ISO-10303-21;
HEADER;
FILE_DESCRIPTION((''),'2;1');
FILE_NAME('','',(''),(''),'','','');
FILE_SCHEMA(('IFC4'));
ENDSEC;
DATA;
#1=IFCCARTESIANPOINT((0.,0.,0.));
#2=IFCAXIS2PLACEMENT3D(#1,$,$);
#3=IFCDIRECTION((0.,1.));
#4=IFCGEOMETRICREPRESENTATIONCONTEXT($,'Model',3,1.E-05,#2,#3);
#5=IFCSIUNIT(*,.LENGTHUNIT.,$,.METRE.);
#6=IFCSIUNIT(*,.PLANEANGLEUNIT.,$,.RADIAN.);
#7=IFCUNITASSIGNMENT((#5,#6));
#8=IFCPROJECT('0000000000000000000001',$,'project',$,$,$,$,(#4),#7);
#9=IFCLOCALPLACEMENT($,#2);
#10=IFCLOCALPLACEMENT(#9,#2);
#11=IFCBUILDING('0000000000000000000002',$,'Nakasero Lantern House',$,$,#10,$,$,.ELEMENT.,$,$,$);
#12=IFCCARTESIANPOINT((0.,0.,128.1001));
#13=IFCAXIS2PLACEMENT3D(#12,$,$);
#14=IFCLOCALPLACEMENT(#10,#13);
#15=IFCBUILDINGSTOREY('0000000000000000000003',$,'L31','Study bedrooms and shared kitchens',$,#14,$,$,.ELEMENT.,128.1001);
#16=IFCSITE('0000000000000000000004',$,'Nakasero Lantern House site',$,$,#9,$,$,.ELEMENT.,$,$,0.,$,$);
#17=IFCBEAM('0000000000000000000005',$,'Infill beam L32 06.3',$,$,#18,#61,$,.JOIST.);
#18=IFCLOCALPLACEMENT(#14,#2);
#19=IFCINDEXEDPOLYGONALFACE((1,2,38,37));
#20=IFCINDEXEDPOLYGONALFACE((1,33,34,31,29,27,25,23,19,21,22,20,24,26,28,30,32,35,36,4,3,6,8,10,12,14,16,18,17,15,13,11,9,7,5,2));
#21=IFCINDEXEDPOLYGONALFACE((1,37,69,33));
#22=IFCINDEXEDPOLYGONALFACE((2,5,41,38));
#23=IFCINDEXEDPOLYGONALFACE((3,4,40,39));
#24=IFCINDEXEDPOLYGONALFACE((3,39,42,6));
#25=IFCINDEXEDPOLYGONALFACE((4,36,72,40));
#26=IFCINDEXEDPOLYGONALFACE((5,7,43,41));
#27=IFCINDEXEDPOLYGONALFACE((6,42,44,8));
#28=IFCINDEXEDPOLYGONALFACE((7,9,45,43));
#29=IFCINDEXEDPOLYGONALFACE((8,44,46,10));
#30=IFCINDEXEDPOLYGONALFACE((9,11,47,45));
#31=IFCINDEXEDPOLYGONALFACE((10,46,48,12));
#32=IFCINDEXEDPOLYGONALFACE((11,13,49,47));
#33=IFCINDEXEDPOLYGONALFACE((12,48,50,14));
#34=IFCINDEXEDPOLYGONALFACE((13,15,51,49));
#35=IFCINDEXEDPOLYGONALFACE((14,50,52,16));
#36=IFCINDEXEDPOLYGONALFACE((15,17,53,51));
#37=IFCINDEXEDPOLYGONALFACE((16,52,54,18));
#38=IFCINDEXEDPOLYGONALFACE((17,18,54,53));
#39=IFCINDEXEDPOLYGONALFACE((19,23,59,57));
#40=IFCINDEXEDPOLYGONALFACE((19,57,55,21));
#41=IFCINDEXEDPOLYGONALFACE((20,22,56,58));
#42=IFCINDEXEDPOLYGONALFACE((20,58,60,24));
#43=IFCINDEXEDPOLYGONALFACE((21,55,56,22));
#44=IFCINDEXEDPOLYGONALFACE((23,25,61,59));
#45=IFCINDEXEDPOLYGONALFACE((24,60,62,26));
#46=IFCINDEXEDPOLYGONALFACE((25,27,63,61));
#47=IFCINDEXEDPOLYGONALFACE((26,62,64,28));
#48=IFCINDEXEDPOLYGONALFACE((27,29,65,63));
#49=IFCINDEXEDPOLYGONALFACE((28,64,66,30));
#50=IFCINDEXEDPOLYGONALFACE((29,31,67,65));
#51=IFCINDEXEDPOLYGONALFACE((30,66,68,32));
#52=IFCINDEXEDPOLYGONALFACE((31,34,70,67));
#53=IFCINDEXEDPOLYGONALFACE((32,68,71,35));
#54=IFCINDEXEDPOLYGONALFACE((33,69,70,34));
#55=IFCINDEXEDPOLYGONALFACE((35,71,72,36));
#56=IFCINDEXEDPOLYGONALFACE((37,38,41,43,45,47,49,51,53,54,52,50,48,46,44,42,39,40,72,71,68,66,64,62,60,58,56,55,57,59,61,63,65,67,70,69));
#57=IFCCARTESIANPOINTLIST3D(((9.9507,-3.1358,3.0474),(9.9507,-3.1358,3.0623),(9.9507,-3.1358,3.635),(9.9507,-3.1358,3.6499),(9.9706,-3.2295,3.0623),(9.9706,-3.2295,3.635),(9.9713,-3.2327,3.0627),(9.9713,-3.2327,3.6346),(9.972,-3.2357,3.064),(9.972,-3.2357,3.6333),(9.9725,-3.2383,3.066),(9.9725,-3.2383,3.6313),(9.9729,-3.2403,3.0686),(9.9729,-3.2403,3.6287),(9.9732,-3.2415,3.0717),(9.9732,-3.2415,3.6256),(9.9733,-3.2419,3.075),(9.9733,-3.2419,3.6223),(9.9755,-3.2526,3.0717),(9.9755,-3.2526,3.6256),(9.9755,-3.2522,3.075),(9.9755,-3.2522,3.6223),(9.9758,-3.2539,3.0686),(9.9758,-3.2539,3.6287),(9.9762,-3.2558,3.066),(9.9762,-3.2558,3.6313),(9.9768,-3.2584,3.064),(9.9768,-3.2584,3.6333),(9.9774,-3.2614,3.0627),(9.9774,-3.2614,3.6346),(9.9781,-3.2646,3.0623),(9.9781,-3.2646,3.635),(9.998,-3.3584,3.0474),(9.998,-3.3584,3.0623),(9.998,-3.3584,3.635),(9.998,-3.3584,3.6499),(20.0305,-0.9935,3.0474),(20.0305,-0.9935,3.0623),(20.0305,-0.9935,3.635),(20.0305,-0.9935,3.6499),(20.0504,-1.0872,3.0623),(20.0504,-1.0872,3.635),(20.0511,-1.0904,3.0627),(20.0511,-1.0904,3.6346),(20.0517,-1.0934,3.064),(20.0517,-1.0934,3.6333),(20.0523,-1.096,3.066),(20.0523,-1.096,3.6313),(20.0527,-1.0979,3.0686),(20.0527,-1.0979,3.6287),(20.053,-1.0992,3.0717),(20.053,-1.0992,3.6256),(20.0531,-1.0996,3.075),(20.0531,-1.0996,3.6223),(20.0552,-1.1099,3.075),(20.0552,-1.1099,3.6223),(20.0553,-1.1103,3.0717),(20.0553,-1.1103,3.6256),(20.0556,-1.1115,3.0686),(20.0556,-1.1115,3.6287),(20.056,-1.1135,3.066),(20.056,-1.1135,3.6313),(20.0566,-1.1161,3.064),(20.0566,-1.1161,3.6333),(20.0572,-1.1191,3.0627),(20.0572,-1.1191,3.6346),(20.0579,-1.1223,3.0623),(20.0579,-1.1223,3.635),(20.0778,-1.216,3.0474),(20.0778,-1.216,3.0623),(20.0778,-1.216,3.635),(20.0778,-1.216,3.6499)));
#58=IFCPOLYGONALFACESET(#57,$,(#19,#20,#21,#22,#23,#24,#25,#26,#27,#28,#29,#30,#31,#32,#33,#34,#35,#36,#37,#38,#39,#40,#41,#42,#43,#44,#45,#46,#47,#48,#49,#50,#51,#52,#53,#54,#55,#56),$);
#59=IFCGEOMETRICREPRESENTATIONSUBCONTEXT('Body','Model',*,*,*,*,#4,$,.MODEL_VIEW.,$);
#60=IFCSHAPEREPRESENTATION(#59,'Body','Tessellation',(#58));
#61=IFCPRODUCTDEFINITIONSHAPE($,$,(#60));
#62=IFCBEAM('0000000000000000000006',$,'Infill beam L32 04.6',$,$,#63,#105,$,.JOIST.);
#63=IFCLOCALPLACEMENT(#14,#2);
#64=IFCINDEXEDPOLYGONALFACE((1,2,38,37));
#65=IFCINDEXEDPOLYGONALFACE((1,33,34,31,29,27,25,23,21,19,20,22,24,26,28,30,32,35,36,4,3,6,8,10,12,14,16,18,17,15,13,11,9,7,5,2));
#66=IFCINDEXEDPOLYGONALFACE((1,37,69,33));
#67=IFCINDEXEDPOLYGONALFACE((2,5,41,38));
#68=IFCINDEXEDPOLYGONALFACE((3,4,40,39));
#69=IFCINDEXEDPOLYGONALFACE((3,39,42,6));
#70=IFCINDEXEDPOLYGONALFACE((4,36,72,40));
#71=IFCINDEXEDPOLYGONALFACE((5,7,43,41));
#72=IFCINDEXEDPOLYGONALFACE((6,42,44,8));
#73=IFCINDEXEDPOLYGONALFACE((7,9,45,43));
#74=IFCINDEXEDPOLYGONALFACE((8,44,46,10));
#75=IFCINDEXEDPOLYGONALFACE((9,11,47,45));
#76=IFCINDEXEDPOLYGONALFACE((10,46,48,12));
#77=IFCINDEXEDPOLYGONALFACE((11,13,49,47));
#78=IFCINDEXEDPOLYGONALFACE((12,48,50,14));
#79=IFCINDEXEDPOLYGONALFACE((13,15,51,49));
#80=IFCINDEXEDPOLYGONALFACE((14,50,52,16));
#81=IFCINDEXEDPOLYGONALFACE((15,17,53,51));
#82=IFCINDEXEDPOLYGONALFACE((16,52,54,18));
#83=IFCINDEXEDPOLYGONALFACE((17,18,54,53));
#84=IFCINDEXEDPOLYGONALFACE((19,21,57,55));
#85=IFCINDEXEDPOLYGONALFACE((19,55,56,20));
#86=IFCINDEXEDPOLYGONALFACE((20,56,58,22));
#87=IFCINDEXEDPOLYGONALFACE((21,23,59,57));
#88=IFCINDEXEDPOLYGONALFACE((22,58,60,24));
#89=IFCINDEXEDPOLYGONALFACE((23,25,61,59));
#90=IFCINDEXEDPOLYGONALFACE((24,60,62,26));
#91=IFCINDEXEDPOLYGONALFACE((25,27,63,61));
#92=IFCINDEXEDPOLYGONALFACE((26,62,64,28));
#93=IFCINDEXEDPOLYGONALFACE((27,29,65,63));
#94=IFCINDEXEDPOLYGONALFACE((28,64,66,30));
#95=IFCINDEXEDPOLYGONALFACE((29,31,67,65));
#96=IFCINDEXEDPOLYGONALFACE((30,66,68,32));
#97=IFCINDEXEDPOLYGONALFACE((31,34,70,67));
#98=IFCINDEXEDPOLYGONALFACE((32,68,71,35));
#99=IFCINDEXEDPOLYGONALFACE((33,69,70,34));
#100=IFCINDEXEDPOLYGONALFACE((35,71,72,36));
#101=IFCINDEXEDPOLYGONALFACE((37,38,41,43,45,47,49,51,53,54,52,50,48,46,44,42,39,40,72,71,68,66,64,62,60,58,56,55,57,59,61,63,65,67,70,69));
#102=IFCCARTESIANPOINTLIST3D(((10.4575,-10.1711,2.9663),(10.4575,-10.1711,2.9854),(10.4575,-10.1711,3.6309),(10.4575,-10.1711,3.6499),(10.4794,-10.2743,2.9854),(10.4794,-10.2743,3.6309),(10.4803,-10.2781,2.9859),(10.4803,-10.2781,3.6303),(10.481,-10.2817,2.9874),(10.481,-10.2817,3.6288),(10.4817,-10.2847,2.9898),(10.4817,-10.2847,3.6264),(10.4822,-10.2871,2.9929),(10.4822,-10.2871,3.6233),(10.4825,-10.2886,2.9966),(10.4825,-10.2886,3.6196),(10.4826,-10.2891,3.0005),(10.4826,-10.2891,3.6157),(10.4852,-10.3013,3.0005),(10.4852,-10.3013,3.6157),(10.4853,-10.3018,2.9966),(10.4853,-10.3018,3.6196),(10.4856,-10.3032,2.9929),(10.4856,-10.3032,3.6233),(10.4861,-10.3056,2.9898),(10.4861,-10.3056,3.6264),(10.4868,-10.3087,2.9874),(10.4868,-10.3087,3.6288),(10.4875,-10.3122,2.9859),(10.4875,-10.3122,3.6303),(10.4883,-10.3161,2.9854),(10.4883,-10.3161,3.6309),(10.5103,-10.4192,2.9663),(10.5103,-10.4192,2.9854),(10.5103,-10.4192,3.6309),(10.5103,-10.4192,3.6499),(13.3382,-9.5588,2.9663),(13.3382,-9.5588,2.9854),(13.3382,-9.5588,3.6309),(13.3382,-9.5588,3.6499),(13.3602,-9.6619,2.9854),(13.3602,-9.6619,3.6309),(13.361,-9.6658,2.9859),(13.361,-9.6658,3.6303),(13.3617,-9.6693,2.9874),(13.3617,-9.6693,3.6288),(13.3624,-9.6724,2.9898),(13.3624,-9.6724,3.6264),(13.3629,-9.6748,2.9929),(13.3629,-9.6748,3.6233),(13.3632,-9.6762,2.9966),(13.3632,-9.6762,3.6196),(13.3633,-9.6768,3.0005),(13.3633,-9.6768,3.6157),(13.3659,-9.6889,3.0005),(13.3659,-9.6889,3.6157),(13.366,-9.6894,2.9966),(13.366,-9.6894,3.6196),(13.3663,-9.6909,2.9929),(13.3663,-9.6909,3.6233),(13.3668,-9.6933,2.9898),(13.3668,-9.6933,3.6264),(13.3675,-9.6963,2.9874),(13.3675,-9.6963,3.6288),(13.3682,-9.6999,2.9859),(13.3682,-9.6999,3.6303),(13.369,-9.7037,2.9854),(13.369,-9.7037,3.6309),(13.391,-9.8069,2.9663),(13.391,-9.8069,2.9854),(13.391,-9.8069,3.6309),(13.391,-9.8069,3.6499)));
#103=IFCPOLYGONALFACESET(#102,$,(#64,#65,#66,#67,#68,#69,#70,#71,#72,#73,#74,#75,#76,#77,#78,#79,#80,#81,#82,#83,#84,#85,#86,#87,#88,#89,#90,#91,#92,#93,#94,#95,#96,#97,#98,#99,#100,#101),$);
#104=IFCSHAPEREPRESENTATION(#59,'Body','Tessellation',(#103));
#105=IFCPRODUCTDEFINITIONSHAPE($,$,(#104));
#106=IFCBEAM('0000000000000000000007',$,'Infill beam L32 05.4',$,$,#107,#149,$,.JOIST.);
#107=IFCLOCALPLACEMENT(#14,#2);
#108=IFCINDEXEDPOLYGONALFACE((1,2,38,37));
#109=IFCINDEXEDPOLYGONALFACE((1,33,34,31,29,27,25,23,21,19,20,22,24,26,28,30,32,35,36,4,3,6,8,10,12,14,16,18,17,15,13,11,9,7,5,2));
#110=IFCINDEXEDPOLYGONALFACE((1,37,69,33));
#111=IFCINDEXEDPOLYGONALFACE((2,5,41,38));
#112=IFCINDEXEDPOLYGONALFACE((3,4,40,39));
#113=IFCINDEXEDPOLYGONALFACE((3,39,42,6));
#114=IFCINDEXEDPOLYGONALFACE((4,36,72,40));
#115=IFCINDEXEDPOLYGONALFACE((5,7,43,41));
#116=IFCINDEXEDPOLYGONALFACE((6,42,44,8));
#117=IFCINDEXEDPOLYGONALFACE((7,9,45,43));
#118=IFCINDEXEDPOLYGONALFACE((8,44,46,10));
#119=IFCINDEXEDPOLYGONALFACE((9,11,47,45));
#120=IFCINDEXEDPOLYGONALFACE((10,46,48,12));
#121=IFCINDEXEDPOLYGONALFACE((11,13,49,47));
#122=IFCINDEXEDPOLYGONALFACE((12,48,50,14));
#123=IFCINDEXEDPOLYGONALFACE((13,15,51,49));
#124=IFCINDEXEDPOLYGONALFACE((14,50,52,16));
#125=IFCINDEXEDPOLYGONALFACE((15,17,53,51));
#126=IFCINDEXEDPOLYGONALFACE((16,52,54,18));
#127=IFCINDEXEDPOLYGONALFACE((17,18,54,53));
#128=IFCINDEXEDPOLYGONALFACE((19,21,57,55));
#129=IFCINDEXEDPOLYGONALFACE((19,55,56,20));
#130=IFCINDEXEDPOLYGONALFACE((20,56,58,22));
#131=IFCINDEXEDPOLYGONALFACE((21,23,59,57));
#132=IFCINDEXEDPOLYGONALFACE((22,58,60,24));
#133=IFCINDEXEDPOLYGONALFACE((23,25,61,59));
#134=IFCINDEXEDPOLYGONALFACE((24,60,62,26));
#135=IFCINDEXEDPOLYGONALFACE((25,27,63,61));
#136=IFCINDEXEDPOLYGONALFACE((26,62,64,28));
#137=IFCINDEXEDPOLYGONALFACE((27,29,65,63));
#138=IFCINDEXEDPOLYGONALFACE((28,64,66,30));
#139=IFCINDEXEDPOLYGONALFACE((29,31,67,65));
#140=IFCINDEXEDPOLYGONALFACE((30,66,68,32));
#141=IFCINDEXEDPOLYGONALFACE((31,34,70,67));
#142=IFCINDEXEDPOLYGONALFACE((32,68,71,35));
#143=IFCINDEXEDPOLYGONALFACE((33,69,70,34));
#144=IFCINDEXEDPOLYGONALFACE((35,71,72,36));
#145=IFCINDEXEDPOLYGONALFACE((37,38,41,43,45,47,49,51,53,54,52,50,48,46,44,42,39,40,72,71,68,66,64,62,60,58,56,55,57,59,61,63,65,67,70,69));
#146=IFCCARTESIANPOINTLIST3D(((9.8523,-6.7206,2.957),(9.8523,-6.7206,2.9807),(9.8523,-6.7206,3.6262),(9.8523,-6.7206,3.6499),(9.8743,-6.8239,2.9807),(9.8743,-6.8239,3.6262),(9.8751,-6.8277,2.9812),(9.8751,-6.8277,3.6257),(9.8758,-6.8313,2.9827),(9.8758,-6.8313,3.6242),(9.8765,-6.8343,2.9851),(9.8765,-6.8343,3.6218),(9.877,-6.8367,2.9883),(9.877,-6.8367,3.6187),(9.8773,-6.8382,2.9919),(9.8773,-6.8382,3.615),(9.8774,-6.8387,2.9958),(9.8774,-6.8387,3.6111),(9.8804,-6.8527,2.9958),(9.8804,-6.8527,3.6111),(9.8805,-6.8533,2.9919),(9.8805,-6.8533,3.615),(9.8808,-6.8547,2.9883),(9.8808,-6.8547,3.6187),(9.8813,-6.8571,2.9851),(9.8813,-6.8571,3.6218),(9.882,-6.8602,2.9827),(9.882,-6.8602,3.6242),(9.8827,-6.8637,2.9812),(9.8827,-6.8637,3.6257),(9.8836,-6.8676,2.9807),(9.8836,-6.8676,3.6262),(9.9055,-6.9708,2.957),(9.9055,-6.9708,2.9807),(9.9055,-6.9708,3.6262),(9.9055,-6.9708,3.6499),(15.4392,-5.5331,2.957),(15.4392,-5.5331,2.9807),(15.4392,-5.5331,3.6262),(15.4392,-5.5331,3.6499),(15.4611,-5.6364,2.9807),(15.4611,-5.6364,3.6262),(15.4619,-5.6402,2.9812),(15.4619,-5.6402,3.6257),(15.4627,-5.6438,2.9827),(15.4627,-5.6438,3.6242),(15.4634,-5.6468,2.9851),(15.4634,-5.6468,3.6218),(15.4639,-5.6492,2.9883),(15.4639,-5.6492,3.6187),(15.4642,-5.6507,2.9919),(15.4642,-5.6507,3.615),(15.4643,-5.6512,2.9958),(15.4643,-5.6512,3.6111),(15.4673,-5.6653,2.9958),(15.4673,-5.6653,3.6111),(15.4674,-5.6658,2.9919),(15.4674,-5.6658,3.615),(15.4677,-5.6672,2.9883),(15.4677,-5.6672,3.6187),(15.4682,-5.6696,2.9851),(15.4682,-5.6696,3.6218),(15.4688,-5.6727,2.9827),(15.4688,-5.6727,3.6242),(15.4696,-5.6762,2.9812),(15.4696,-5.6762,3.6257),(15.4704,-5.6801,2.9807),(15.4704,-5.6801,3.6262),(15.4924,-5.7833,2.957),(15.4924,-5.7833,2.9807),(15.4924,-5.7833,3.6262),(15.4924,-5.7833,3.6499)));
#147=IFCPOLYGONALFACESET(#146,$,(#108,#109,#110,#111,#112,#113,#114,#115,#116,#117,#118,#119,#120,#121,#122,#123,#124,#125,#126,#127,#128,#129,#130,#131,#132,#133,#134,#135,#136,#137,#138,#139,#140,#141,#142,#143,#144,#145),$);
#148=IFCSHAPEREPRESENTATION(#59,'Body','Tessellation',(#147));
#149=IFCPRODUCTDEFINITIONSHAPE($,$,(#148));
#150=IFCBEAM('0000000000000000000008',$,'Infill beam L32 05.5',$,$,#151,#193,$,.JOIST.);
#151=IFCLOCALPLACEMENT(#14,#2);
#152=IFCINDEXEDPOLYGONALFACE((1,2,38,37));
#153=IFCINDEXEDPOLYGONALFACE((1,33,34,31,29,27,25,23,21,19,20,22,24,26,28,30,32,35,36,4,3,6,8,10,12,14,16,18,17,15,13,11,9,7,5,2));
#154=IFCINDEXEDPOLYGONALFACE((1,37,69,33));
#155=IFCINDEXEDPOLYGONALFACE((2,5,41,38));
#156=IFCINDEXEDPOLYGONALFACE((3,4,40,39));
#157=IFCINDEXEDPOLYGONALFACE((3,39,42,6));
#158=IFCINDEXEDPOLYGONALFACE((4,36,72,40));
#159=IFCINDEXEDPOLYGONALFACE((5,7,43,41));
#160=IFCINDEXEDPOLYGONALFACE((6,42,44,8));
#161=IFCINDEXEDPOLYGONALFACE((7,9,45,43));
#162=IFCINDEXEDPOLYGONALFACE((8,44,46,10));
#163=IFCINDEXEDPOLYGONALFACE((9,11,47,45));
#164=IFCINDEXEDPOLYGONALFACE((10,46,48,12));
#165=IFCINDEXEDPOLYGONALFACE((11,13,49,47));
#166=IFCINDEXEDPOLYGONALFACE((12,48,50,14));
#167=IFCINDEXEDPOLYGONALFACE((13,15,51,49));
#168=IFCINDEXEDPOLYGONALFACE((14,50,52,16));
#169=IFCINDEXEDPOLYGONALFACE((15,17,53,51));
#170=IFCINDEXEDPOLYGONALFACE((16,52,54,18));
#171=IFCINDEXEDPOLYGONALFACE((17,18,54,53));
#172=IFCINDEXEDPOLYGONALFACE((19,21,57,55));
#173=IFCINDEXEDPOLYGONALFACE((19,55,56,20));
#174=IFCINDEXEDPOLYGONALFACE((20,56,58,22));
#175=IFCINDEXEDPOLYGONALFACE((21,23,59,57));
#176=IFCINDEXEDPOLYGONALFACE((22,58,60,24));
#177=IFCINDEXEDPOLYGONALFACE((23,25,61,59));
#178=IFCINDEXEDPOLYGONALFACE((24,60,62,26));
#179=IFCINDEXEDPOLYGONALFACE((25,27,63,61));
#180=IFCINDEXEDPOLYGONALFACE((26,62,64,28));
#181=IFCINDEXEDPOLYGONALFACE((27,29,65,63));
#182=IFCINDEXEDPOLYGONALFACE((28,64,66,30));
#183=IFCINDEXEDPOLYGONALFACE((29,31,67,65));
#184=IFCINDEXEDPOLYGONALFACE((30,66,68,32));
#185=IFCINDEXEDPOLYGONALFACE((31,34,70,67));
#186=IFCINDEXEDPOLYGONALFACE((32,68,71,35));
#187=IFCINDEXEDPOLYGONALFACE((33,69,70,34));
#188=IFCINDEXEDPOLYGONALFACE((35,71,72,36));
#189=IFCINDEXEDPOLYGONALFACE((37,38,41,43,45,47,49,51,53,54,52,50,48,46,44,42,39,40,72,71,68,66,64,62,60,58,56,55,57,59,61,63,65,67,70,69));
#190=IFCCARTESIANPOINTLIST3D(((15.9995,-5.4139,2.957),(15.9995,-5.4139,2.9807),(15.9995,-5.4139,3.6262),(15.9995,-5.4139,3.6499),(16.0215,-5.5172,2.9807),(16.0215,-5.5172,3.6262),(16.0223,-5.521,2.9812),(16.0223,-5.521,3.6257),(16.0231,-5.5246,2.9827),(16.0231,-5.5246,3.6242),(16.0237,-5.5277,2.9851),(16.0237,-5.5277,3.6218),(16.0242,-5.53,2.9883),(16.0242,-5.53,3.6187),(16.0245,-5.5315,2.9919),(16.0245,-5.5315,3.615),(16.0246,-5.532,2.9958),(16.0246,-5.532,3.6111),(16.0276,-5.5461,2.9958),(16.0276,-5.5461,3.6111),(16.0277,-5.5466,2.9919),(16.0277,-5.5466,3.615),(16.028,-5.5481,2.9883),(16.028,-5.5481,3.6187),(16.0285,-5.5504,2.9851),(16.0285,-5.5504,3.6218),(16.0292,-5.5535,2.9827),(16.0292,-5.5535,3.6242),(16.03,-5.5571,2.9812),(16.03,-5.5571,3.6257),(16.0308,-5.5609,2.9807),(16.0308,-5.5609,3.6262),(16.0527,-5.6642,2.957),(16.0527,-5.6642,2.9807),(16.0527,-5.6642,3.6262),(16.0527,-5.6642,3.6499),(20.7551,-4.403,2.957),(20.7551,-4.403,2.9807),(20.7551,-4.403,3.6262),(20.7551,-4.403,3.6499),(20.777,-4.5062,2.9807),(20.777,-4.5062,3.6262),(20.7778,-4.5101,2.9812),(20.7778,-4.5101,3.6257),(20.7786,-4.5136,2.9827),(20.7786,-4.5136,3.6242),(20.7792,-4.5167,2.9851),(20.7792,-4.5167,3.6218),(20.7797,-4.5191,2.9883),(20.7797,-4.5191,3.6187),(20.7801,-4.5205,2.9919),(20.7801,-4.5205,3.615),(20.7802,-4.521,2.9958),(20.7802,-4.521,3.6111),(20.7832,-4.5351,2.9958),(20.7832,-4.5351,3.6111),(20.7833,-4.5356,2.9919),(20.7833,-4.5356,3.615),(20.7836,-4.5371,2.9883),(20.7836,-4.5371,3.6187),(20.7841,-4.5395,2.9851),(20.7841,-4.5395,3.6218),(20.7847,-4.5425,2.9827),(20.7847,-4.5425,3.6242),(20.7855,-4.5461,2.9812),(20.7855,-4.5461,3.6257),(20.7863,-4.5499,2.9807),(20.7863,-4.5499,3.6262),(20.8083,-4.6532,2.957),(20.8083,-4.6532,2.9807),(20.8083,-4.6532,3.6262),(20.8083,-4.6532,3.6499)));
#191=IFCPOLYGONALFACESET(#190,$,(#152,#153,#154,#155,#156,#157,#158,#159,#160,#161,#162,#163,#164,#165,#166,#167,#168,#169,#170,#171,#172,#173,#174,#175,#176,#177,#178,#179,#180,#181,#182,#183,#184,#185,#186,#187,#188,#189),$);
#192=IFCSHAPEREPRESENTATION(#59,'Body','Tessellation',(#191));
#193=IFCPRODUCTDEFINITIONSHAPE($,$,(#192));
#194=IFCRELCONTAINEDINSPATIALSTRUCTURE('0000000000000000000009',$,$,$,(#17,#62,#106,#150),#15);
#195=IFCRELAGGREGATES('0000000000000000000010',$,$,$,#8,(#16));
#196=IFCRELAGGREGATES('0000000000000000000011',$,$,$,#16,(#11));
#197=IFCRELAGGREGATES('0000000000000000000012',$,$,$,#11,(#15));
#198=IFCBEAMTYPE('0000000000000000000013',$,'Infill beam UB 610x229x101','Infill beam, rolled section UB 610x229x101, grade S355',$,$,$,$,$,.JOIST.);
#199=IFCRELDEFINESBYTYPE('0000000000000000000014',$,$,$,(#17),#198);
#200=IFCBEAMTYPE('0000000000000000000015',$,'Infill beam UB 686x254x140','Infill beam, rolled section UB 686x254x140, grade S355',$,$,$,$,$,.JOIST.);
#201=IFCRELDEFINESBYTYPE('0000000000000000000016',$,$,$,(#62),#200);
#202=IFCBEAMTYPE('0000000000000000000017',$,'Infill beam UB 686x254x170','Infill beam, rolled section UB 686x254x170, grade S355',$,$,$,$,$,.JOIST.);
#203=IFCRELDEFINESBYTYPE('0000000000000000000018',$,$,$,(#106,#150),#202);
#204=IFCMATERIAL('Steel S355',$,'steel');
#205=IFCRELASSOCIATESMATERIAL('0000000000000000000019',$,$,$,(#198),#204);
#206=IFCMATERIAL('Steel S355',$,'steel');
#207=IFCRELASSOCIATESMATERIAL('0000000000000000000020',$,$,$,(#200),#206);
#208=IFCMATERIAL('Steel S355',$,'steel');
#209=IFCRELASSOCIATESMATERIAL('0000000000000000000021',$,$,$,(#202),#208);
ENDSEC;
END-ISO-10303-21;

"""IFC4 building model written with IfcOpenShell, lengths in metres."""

from ifc_helpers import new_model, si_unit, direction, frame, origin, origin_2d, place, context, subcontext, project, spatial, i_section, extrude, material, material_profile, profile_set, type_object, element, save


model = new_model("IFC4")

# Units and contexts
model_context = context("Model", 3, precision=1e-05, world=origin(), true_north=direction((0.0, 1.0)))
body_context = subcontext(model_context, "Body", "Model", "MODEL_VIEW")
ifc_project = project(units=[si_unit("LENGTHUNIT", "METRE"), si_unit("PLANEANGLEUNIT", "RADIAN")], contexts=[model_context])

# Site, building, storey
site_placement = place(None, origin())
site = spatial("IfcSite", under=ifc_project, at=site_placement, Name="Nakasero Lantern House site", CompositionType="ELEMENT", RefElevation=0.0)
building_placement = place(site_placement, origin())
building = spatial("IfcBuilding", under=site, at=building_placement, Name="Nakasero Lantern House", CompositionType="ELEMENT")
storey_placement = place(building_placement, frame((0.0, 0.0, 128.1001)))
storey = spatial("IfcBuildingStorey", under=building, at=storey_placement, Name="L31", Description="Study bedrooms and shared kitchens", CompositionType="ELEMENT", Elevation=128.1001)

# Beams
ifc_material_1 = material(Name="Steel S355", Category="steel")
ifc_material_profile_1 = material_profile(ifc_material_1, i_section(OverallWidth=0.2275, OverallDepth=0.6025, WebThickness=0.0105, FlangeThickness=0.0149, FilletRadius=0.0127, at=origin_2d()), Name="UB 610x229x101")
ifc_profile_set_1 = profile_set([ifc_material_profile_1], Name="Steel S355")
beam_type_1 = type_object("IfcBeamType", Name="Infill beam UB 610x229x101", Description="Infill beam, rolled section UB 610x229x101, grade S355", PredefinedType="JOIST", material=ifc_profile_set_1)
beam_1_placement = place(storey_placement, frame((9.9744, -3.2471, 3.3486), z_axis=(0.978152, 0.207893, 0.0), x_axis=(-0.207893, 0.978152, 0.0)))
element("IfcBeam", 1, at=beam_1_placement, inside=storey, type_object=beam_type_1, Name="Infill beam L32 06.3", PredefinedType="JOIST", context=body_context, shape_type="SweptSolid", body=[
    extrude(i_section(OverallWidth=0.2275, OverallDepth=0.6025, WebThickness=0.0105, FlangeThickness=0.0149, FilletRadius=0.0127, at=origin_2d()), origin(), (0.0, 0.0, 1.0), 10.3049),
])
ifc_material_2 = material(Name="Steel S355", Category="steel")
ifc_material_profile_2 = material_profile(ifc_material_2, i_section(OverallWidth=0.2537, OverallDepth=0.6836, WebThickness=0.0125, FlangeThickness=0.019, FilletRadius=0.0151, at=origin_2d()), Name="UB 686x254x140")
ifc_profile_set_2 = profile_set([ifc_material_profile_2], Name="Steel S355")
beam_type_2 = type_object("IfcBeamType", Name="Infill beam UB 686x254x140", Description="Infill beam, rolled section UB 686x254x140, grade S355", PredefinedType="JOIST", material=ifc_profile_set_2)
beam_2_placement = place(storey_placement, frame((10.4839, -10.2952, 3.3081), z_axis=(0.978147, 0.207915, 0.0), x_axis=(-0.207915, 0.978147, 0.0)))
element("IfcBeam", 2, at=beam_2_placement, inside=storey, type_object=beam_type_2, Name="Infill beam L32 04.6", PredefinedType="JOIST", context=body_context, shape_type="SweptSolid", body=[
    extrude(i_section(OverallWidth=0.2537, OverallDepth=0.6836, WebThickness=0.0125, FlangeThickness=0.019, FilletRadius=0.0151, at=origin_2d()), origin(), (0.0, 0.0, 1.0), 2.9451),
])
ifc_material_3 = material(Name="Steel S355", Category="steel")
ifc_material_profile_3 = material_profile(ifc_material_3, i_section(OverallWidth=0.2559, OverallDepth=0.6929, WebThickness=0.0144, FlangeThickness=0.0237, FilletRadius=0.0151, at=origin_2d()), Name="UB 686x254x170")
ifc_profile_set_3 = profile_set([ifc_material_profile_3], Name="Steel S355")
beam_type_3 = type_object("IfcBeamType", Name="Infill beam UB 686x254x170", Description="Infill beam, rolled section UB 686x254x170, grade S355", PredefinedType="JOIST", material=ifc_profile_set_3)
beam_3_placement = place(storey_placement, frame((9.8789, -6.8457, 3.3035), z_axis=(0.978149, 0.207906, 0.0), x_axis=(-0.207906, 0.978149, 0.0)))
element("IfcBeam", 3, at=beam_3_placement, inside=storey, type_object=beam_type_3, Name="Infill beam L32 05.4", PredefinedType="JOIST", context=body_context, shape_type="SweptSolid", body=[
    extrude(i_section(OverallWidth=0.2559, OverallDepth=0.6929, WebThickness=0.0144, FlangeThickness=0.0237, FilletRadius=0.0151, at=origin_2d()), origin(), (0.0, 0.0, 1.0), 5.7117),
])
beam_4_placement = place(storey_placement, frame((16.0261, -5.5391, 3.3035), z_axis=(0.978141, 0.207941, 0.0), x_axis=(-0.207941, 0.978141, 0.0)))
element("IfcBeam", 4, at=beam_4_placement, inside=storey, type_object=beam_type_3, Name="Infill beam L32 05.5", PredefinedType="JOIST", context=body_context, shape_type="SweptSolid", body=[
    extrude(i_section(OverallWidth=0.2559, OverallDepth=0.6929, WebThickness=0.0144, FlangeThickness=0.0237, FilletRadius=0.0151, at=origin_2d()), origin(), (0.0, 0.0, 1.0), 4.8618),
])

save(model, "model.ifc")
